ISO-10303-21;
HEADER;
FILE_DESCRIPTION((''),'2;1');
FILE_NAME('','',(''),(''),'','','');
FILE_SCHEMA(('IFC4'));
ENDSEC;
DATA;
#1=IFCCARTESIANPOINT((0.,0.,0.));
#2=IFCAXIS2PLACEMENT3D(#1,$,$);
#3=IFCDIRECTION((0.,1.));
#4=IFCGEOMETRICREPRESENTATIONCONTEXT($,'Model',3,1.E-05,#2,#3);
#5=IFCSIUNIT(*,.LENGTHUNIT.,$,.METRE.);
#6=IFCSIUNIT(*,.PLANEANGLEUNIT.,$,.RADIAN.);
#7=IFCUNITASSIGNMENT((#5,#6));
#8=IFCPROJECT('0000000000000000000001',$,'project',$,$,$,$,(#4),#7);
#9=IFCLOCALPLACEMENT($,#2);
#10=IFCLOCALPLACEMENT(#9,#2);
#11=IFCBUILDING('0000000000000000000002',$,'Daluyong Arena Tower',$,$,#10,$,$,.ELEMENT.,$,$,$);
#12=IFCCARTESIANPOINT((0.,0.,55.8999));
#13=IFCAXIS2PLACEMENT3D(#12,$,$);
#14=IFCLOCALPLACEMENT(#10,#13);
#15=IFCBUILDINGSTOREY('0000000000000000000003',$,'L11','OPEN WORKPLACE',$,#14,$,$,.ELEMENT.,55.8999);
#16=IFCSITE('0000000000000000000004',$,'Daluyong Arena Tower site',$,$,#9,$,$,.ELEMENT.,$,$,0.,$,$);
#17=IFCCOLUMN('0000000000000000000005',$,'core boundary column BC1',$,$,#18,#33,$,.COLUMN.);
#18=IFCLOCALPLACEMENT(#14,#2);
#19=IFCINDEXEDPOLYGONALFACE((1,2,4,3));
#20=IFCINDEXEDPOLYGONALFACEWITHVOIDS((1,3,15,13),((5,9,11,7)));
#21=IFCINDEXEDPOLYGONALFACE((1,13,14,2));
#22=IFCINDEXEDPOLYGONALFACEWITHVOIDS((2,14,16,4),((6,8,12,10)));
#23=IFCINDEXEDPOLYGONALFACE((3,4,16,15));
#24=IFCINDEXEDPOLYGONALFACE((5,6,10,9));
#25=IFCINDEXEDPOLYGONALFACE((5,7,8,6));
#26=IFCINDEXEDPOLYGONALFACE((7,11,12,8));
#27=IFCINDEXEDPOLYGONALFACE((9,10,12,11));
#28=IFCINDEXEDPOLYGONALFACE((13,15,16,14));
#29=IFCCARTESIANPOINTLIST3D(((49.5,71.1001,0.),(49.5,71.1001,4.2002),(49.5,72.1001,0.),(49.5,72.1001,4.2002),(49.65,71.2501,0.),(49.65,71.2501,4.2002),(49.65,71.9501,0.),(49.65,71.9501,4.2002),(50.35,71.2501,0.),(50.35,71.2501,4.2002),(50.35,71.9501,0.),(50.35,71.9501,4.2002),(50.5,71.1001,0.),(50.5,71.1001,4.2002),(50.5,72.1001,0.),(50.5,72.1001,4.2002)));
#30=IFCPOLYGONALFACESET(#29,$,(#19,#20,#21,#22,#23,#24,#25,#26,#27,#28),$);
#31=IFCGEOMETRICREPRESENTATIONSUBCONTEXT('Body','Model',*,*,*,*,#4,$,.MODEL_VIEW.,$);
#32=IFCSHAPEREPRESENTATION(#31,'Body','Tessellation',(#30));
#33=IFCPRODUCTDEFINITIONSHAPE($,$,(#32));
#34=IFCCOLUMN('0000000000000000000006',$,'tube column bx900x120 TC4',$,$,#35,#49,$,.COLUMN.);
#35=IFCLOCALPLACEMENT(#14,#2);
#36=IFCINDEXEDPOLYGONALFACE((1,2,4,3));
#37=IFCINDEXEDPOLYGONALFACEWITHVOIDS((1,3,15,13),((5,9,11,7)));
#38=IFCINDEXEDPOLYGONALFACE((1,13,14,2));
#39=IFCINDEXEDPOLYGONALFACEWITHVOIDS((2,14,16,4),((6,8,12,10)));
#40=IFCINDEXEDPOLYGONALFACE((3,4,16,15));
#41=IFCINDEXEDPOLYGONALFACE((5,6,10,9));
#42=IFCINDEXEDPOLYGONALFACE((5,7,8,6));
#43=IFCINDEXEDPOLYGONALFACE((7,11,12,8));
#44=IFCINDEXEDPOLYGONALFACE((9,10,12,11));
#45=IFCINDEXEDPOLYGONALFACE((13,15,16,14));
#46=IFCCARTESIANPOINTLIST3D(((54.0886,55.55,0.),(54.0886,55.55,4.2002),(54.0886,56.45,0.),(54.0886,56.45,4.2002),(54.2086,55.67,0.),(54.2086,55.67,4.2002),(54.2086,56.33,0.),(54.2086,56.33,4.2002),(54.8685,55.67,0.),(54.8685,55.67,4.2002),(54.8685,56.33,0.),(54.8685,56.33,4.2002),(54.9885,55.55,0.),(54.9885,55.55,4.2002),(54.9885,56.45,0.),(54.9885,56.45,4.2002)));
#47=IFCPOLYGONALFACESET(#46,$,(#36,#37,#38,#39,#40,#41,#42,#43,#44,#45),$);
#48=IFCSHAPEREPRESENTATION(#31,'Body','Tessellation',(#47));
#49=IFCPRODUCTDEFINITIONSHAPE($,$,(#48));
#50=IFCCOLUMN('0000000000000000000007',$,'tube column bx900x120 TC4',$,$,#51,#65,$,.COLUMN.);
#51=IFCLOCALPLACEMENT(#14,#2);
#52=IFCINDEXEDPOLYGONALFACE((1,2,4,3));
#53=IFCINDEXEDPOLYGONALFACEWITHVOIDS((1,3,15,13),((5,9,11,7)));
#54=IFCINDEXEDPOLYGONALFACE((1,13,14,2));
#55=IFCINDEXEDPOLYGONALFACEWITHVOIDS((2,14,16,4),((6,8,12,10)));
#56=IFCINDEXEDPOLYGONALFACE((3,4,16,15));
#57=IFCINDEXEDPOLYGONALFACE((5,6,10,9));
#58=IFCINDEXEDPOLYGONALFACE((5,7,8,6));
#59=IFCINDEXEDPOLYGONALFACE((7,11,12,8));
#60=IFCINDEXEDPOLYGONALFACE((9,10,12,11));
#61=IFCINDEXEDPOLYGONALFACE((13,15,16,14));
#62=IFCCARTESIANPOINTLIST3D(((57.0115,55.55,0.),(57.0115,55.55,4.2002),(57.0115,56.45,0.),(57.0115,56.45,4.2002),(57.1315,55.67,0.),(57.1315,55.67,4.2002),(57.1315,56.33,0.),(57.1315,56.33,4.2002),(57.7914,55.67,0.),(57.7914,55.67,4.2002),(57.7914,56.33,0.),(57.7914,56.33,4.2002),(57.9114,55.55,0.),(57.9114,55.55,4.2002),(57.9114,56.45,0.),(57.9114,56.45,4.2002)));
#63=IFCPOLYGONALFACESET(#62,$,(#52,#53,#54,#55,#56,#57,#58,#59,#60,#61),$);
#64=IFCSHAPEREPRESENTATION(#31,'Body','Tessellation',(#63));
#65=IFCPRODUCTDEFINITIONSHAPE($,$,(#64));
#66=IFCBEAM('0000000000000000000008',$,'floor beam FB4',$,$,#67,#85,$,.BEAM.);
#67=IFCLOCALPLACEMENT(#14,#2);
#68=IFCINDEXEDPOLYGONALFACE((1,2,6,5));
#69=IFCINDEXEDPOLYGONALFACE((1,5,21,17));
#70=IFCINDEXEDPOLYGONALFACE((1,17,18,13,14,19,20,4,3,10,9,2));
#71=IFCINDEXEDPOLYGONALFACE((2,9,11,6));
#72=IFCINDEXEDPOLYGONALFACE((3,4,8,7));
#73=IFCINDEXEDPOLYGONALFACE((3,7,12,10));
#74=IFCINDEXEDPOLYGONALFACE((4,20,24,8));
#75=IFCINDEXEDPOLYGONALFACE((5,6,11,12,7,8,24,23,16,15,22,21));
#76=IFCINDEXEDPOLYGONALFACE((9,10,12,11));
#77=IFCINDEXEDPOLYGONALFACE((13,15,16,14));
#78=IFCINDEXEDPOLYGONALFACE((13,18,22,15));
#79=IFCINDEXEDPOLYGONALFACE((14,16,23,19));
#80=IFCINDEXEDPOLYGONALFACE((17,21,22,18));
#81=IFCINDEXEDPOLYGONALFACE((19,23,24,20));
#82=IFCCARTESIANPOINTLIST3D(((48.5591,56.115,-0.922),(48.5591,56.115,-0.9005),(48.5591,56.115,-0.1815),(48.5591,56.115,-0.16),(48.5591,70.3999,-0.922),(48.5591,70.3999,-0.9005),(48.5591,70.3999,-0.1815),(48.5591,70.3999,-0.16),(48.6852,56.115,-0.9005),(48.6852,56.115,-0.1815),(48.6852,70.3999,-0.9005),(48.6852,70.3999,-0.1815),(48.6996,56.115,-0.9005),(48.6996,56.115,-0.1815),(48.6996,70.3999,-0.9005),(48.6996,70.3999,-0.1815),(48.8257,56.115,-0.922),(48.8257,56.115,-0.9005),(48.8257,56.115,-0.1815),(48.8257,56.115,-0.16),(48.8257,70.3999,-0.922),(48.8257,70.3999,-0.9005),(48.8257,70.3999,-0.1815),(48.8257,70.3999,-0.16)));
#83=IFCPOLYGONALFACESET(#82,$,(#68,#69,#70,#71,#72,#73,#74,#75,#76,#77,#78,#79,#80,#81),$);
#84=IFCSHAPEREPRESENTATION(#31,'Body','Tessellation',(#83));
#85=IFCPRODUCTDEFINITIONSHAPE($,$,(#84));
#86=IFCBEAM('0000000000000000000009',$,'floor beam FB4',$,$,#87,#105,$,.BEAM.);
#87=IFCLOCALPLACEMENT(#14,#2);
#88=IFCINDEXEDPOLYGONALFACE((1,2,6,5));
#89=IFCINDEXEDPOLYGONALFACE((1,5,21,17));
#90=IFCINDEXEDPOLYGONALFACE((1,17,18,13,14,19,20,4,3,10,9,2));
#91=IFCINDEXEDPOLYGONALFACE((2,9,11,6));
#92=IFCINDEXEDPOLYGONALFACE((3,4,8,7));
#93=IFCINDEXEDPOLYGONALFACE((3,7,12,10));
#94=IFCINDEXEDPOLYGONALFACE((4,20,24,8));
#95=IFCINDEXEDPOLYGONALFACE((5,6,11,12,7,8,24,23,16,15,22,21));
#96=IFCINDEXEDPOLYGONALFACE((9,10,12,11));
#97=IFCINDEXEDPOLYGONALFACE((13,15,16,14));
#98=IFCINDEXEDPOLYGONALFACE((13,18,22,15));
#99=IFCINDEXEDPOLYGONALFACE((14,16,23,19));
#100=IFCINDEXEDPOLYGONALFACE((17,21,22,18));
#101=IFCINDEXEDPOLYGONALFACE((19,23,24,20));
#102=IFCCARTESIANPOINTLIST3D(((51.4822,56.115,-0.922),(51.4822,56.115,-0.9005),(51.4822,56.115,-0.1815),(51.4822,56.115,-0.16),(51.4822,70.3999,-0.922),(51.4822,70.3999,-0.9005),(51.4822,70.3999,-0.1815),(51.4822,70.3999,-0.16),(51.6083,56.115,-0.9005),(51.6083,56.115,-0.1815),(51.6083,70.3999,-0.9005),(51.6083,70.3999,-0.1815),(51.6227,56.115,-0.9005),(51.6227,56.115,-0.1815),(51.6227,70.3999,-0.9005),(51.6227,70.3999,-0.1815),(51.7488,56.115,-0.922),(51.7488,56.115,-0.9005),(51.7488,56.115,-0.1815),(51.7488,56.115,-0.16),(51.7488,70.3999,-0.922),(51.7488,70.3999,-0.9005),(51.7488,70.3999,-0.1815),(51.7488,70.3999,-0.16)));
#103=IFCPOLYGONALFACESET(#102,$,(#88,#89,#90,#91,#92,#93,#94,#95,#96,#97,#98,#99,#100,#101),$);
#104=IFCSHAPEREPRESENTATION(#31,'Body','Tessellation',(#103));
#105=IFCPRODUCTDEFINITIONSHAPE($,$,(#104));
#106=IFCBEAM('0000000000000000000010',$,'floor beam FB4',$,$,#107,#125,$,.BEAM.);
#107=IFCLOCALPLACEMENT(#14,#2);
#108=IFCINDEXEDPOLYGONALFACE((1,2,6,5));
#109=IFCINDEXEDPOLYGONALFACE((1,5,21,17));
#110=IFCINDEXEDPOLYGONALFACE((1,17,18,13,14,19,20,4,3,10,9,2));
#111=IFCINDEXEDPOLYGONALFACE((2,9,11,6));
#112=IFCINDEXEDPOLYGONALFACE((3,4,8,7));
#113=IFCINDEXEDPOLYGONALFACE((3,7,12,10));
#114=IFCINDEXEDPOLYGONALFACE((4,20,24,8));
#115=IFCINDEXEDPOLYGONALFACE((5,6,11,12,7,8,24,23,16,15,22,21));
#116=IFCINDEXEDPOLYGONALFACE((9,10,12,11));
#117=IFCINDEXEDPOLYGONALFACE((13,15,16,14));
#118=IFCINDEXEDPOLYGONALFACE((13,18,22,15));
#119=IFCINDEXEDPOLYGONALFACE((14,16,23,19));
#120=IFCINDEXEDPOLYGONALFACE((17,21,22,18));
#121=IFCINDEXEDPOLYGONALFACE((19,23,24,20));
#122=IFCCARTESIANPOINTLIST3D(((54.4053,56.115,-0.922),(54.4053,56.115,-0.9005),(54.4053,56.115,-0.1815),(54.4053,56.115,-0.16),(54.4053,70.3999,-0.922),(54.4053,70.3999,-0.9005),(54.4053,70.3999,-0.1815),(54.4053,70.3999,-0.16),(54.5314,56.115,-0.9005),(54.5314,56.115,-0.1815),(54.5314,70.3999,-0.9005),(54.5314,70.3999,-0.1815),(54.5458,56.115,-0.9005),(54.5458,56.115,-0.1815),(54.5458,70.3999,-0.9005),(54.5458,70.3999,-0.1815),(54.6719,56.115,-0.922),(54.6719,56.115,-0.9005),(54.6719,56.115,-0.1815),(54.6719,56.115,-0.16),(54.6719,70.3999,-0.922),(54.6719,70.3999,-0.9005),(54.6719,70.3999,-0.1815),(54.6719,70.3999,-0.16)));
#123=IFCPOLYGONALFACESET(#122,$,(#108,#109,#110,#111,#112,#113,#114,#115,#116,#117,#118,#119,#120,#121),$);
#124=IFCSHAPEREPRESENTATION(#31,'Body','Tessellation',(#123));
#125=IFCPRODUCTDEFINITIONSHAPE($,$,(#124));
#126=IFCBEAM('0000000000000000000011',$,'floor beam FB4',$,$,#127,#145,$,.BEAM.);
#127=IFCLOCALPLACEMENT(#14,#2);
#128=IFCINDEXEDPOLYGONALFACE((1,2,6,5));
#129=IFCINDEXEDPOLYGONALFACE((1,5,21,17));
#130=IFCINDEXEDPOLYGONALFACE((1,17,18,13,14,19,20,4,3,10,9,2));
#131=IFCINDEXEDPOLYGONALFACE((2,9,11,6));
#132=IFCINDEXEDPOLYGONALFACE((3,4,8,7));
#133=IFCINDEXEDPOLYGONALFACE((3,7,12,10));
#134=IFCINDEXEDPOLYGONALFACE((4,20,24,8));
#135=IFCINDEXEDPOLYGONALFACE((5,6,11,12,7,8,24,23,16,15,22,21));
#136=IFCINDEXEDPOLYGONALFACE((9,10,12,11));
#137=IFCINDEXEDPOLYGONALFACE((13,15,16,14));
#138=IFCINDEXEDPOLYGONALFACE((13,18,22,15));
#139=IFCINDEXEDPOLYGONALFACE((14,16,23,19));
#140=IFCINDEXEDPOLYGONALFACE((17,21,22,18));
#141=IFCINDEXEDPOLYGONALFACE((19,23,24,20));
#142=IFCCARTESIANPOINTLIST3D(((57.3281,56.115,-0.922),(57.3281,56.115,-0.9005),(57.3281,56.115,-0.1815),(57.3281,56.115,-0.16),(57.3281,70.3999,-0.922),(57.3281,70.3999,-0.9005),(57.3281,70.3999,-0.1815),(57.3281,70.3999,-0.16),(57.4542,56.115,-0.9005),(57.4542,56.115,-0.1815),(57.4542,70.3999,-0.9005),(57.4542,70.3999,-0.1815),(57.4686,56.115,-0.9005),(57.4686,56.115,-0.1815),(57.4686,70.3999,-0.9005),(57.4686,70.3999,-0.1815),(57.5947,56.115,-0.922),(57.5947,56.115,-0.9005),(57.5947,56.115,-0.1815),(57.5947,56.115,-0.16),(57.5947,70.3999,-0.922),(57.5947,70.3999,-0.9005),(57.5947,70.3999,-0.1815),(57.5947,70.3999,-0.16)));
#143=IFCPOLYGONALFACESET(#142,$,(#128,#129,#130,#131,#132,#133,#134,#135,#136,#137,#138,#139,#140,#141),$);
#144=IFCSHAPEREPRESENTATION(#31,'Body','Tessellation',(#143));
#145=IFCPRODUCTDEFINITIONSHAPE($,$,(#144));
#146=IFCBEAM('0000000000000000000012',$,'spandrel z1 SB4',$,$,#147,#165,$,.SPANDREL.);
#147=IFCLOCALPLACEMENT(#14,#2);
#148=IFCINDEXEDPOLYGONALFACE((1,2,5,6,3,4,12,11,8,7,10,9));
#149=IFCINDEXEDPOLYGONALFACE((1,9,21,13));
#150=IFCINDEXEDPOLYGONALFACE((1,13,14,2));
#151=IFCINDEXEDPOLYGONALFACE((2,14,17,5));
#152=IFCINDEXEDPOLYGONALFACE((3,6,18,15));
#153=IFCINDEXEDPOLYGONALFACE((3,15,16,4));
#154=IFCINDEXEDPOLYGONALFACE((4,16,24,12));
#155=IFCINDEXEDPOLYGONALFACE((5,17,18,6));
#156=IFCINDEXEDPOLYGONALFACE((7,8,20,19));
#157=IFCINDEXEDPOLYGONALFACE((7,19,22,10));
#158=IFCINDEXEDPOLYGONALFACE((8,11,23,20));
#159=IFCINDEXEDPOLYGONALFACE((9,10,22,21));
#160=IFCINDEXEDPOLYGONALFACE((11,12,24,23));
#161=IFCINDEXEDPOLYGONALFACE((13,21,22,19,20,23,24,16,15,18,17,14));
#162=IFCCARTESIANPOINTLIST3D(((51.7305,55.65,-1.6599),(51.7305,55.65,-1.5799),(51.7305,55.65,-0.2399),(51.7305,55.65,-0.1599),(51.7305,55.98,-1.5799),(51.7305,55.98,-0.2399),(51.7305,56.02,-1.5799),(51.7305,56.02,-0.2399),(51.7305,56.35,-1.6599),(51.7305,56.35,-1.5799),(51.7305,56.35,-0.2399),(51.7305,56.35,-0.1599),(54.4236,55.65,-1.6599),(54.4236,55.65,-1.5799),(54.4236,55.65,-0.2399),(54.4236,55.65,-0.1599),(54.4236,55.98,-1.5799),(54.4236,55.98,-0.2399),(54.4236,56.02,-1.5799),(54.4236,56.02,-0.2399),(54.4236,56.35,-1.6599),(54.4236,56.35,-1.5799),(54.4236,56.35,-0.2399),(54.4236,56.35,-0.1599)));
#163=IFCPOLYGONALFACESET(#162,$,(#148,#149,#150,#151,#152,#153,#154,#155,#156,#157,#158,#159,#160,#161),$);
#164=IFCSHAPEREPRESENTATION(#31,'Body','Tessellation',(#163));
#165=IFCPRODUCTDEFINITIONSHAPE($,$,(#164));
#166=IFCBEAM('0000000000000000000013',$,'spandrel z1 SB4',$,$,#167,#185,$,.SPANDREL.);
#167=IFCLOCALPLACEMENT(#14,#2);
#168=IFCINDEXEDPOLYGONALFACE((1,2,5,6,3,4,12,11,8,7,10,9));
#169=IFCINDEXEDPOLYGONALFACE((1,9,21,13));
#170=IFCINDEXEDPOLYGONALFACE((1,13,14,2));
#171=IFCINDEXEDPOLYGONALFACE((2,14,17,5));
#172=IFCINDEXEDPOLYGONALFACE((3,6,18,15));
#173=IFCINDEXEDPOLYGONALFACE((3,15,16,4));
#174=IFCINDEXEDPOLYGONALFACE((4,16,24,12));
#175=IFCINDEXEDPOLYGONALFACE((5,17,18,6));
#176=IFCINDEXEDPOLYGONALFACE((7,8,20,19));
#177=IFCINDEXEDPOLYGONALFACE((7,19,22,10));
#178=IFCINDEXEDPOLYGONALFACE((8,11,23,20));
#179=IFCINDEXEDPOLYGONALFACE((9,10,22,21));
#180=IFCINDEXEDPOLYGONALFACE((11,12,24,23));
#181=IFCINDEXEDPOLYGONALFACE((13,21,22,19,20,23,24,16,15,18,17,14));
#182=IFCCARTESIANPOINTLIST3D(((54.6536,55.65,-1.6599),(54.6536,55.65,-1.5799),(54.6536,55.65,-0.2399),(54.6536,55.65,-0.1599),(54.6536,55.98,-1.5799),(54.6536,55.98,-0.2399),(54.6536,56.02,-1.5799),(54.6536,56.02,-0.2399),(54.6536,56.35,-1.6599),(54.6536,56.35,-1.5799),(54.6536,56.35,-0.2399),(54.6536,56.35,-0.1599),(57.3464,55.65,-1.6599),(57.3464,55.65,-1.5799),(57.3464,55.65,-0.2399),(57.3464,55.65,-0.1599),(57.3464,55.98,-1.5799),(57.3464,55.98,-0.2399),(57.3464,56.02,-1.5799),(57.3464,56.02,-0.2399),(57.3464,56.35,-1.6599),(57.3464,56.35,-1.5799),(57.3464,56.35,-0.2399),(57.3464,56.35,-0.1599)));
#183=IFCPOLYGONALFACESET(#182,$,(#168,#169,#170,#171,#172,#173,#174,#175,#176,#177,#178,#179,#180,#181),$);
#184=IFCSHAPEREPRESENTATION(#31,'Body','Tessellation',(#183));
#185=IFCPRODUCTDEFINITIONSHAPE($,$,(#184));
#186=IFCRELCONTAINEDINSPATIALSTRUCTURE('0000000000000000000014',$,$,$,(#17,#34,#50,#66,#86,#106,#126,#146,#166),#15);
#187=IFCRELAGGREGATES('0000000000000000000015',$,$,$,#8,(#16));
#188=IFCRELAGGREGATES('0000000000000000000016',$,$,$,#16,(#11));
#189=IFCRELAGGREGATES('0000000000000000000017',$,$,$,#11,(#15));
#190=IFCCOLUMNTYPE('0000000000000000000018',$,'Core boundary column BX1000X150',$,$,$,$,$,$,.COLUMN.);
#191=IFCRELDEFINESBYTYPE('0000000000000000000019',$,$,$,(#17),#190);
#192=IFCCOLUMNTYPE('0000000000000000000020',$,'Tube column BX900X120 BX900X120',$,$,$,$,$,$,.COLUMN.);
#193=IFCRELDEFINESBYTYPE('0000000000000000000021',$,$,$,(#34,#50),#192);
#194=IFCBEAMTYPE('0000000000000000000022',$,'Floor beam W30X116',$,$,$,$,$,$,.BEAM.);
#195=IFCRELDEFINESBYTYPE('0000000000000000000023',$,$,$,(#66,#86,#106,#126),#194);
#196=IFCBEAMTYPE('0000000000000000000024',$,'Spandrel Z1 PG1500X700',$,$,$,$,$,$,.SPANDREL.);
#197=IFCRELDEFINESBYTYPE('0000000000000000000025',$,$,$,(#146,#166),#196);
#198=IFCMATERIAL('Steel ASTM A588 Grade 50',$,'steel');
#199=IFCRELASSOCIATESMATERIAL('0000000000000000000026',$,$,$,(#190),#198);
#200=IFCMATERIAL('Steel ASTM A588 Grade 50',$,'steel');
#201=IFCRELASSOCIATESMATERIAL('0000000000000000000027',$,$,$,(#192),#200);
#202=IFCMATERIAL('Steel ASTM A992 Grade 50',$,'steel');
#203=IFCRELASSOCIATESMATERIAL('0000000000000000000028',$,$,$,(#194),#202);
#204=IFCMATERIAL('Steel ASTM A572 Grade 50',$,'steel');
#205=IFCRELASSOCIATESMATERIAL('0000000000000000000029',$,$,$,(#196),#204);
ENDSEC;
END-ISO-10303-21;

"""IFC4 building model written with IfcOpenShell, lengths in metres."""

from ifc_helpers import new_model, si_unit, direction, frame, origin, origin_2d, place, context, subcontext, project, spatial, hollow_rectangle, i_section, extrude, material, material_profile, profile_set, type_object, element, save


model = new_model("IFC4")

# Units and contexts
model_context = context("Model", 3, precision=1e-05, world=origin(), true_north=direction((0.0, 1.0)))
body_context = subcontext(model_context, "Body", "Model", "MODEL_VIEW")
ifc_project = project(units=[si_unit("LENGTHUNIT", "METRE"), si_unit("PLANEANGLEUNIT", "RADIAN")], contexts=[model_context])

# Site, building, storey
site_placement = place(None, origin())
site = spatial("IfcSite", under=ifc_project, at=site_placement, Name="Daluyong Arena Tower site", CompositionType="ELEMENT", RefElevation=0.0)
building_placement = place(site_placement, origin())
building = spatial("IfcBuilding", under=site, at=building_placement, Name="Daluyong Arena Tower", CompositionType="ELEMENT")
storey_placement = place(building_placement, frame((0.0, 0.0, 55.8999)))
storey = spatial("IfcBuildingStorey", under=building, at=storey_placement, Name="L11", Description="OPEN WORKPLACE", CompositionType="ELEMENT", Elevation=55.8999)

# Columns
ifc_material_1 = material(Name="Steel ASTM A588 Grade 50", Category="steel")
ifc_material_profile_1 = material_profile(ifc_material_1, hollow_rectangle(XDim=1.0, YDim=1.0, WallThickness=0.15, at=origin_2d()))
ifc_profile_set_1 = profile_set([ifc_material_profile_1], Name="Steel ASTM A588 Grade 50")
column_type_1 = type_object("IfcColumnType", Name="Core boundary column BX1000X150", PredefinedType="COLUMN", material=ifc_profile_set_1)
column_placement = place(storey_placement, frame((50.0, 71.6001, 0.0), z_axis=(0.0, 0.0, 1.0), x_axis=(1.0, 0.0, 0.0)))
element("IfcColumn", 1, at=column_placement, inside=storey, type_object=column_type_1, Name="core boundary column BC1", PredefinedType="COLUMN", context=body_context, shape_type="SweptSolid", body=[
    extrude(hollow_rectangle(XDim=1.0, YDim=1.0, WallThickness=0.15, at=origin_2d()), origin(), (0.0, 0.0, 1.0), 4.2002),
])
ifc_material_2 = material(Name="Steel ASTM A588 Grade 50", Category="steel")
ifc_material_profile_2 = material_profile(ifc_material_2, hollow_rectangle(XDim=0.8999, YDim=0.8999, WallThickness=0.12, at=origin_2d()))
ifc_profile_set_2 = profile_set([ifc_material_profile_2], Name="Steel ASTM A588 Grade 50")
column_type_2 = type_object("IfcColumnType", Name="Tube column BX900X120 BX900X120", PredefinedType="COLUMN", material=ifc_profile_set_2)
for number, where, z_axis, x_axis, name in (
    (2, (54.5386, 56.0, 0.0), (0.0, 0.0, 1.0), (1.0, 0.0, 0.0), "tube column bx900x120 TC4"),
    (3, (57.4614, 56.0, 0.0), (0.0, 0.0, 1.0), (1.0, 0.0, 0.0), "tube column bx900x120 TC4"),
):
    element("IfcColumn", number, at=place(storey_placement, frame(where, z_axis=z_axis, x_axis=x_axis)), inside=storey, type_object=column_type_2, Name=name, PredefinedType="COLUMN", context=body_context, shape_type="SweptSolid", body=[
        extrude(hollow_rectangle(XDim=0.8999, YDim=0.8999, WallThickness=0.12, at=origin_2d()), origin(), (0.0, 0.0, 1.0), 4.2002),
    ])

# Beams
ifc_material_3 = material(Name="Steel ASTM A992 Grade 50", Category="steel")
ifc_material_profile_3 = material_profile(ifc_material_3, i_section(OverallWidth=0.2666, OverallDepth=0.762, WebThickness=0.0144, FlangeThickness=0.0215, at=origin_2d()))
ifc_profile_set_3 = profile_set([ifc_material_profile_3], Name="Steel ASTM A992 Grade 50")
beam_type_1 = type_object("IfcBeamType", Name="Floor beam W30X116", PredefinedType="BEAM", material=ifc_profile_set_3)
for number, where, z_axis, x_axis, name in (
    (4, (48.6924, 56.115, -0.541), (0.0, 1.0, 0.0), (-1.0, 0.0, 0.0), "floor beam FB4"),
    (5, (51.6155, 56.115, -0.541), (0.0, 1.0, 0.0), (-1.0, 0.0, 0.0), "floor beam FB4"),
    (6, (54.5386, 56.115, -0.541), (0.0, 1.0, 0.0), (-1.0, 0.0, 0.0), "floor beam FB4"),
    (7, (57.4614, 56.115, -0.541), (0.0, 1.0, 0.0), (-1.0, 0.0, 0.0), "floor beam FB4"),
):
    element("IfcBeam", number, at=place(storey_placement, frame(where, z_axis=z_axis, x_axis=x_axis)), inside=storey, type_object=beam_type_1, Name=name, PredefinedType="BEAM", context=body_context, shape_type="SweptSolid", body=[
        extrude(i_section(OverallWidth=0.2666, OverallDepth=0.762, WebThickness=0.0144, FlangeThickness=0.0215, at=origin_2d()), origin(), (0.0, 0.0, 1.0), 14.2849),
    ])
ifc_material_4 = material(Name="Steel ASTM A572 Grade 50", Category="steel")
ifc_material_profile_4 = material_profile(ifc_material_4, i_section(OverallWidth=0.7, OverallDepth=1.5, WebThickness=0.04, FlangeThickness=0.08, at=origin_2d()))
ifc_profile_set_4 = profile_set([ifc_material_profile_4], Name="Steel ASTM A572 Grade 50")
beam_type_2 = type_object("IfcBeamType", Name="Spandrel Z1 PG1500X700", PredefinedType="SPANDREL", material=ifc_profile_set_4)
beam_1_placement = place(storey_placement, frame((51.7305, 56.0, -0.9099), z_axis=(1.0, 0.0, 0.0), x_axis=(0.0, 1.0, 0.0)))
element("IfcBeam", 8, at=beam_1_placement, inside=storey, type_object=beam_type_2, Name="spandrel z1 SB4", PredefinedType="SPANDREL", context=body_context, shape_type="SweptSolid", body=[
    extrude(i_section(OverallWidth=0.7, OverallDepth=1.5, WebThickness=0.04, FlangeThickness=0.08, at=origin_2d()), origin(), (0.0, 0.0, 1.0), 2.6931),
])
beam_2_placement = place(storey_placement, frame((54.6536, 56.0, -0.9099), z_axis=(1.0, 0.0, 0.0), x_axis=(0.0, 1.0, 0.0)))
element("IfcBeam", 9, at=beam_2_placement, inside=storey, type_object=beam_type_2, Name="spandrel z1 SB4", PredefinedType="SPANDREL", context=body_context, shape_type="SweptSolid", body=[
    extrude(i_section(OverallWidth=0.7, OverallDepth=1.5, WebThickness=0.04, FlangeThickness=0.08, at=origin_2d()), origin(), (0.0, 0.0, 1.0), 2.6929),
])

save(model, "model.ifc")
